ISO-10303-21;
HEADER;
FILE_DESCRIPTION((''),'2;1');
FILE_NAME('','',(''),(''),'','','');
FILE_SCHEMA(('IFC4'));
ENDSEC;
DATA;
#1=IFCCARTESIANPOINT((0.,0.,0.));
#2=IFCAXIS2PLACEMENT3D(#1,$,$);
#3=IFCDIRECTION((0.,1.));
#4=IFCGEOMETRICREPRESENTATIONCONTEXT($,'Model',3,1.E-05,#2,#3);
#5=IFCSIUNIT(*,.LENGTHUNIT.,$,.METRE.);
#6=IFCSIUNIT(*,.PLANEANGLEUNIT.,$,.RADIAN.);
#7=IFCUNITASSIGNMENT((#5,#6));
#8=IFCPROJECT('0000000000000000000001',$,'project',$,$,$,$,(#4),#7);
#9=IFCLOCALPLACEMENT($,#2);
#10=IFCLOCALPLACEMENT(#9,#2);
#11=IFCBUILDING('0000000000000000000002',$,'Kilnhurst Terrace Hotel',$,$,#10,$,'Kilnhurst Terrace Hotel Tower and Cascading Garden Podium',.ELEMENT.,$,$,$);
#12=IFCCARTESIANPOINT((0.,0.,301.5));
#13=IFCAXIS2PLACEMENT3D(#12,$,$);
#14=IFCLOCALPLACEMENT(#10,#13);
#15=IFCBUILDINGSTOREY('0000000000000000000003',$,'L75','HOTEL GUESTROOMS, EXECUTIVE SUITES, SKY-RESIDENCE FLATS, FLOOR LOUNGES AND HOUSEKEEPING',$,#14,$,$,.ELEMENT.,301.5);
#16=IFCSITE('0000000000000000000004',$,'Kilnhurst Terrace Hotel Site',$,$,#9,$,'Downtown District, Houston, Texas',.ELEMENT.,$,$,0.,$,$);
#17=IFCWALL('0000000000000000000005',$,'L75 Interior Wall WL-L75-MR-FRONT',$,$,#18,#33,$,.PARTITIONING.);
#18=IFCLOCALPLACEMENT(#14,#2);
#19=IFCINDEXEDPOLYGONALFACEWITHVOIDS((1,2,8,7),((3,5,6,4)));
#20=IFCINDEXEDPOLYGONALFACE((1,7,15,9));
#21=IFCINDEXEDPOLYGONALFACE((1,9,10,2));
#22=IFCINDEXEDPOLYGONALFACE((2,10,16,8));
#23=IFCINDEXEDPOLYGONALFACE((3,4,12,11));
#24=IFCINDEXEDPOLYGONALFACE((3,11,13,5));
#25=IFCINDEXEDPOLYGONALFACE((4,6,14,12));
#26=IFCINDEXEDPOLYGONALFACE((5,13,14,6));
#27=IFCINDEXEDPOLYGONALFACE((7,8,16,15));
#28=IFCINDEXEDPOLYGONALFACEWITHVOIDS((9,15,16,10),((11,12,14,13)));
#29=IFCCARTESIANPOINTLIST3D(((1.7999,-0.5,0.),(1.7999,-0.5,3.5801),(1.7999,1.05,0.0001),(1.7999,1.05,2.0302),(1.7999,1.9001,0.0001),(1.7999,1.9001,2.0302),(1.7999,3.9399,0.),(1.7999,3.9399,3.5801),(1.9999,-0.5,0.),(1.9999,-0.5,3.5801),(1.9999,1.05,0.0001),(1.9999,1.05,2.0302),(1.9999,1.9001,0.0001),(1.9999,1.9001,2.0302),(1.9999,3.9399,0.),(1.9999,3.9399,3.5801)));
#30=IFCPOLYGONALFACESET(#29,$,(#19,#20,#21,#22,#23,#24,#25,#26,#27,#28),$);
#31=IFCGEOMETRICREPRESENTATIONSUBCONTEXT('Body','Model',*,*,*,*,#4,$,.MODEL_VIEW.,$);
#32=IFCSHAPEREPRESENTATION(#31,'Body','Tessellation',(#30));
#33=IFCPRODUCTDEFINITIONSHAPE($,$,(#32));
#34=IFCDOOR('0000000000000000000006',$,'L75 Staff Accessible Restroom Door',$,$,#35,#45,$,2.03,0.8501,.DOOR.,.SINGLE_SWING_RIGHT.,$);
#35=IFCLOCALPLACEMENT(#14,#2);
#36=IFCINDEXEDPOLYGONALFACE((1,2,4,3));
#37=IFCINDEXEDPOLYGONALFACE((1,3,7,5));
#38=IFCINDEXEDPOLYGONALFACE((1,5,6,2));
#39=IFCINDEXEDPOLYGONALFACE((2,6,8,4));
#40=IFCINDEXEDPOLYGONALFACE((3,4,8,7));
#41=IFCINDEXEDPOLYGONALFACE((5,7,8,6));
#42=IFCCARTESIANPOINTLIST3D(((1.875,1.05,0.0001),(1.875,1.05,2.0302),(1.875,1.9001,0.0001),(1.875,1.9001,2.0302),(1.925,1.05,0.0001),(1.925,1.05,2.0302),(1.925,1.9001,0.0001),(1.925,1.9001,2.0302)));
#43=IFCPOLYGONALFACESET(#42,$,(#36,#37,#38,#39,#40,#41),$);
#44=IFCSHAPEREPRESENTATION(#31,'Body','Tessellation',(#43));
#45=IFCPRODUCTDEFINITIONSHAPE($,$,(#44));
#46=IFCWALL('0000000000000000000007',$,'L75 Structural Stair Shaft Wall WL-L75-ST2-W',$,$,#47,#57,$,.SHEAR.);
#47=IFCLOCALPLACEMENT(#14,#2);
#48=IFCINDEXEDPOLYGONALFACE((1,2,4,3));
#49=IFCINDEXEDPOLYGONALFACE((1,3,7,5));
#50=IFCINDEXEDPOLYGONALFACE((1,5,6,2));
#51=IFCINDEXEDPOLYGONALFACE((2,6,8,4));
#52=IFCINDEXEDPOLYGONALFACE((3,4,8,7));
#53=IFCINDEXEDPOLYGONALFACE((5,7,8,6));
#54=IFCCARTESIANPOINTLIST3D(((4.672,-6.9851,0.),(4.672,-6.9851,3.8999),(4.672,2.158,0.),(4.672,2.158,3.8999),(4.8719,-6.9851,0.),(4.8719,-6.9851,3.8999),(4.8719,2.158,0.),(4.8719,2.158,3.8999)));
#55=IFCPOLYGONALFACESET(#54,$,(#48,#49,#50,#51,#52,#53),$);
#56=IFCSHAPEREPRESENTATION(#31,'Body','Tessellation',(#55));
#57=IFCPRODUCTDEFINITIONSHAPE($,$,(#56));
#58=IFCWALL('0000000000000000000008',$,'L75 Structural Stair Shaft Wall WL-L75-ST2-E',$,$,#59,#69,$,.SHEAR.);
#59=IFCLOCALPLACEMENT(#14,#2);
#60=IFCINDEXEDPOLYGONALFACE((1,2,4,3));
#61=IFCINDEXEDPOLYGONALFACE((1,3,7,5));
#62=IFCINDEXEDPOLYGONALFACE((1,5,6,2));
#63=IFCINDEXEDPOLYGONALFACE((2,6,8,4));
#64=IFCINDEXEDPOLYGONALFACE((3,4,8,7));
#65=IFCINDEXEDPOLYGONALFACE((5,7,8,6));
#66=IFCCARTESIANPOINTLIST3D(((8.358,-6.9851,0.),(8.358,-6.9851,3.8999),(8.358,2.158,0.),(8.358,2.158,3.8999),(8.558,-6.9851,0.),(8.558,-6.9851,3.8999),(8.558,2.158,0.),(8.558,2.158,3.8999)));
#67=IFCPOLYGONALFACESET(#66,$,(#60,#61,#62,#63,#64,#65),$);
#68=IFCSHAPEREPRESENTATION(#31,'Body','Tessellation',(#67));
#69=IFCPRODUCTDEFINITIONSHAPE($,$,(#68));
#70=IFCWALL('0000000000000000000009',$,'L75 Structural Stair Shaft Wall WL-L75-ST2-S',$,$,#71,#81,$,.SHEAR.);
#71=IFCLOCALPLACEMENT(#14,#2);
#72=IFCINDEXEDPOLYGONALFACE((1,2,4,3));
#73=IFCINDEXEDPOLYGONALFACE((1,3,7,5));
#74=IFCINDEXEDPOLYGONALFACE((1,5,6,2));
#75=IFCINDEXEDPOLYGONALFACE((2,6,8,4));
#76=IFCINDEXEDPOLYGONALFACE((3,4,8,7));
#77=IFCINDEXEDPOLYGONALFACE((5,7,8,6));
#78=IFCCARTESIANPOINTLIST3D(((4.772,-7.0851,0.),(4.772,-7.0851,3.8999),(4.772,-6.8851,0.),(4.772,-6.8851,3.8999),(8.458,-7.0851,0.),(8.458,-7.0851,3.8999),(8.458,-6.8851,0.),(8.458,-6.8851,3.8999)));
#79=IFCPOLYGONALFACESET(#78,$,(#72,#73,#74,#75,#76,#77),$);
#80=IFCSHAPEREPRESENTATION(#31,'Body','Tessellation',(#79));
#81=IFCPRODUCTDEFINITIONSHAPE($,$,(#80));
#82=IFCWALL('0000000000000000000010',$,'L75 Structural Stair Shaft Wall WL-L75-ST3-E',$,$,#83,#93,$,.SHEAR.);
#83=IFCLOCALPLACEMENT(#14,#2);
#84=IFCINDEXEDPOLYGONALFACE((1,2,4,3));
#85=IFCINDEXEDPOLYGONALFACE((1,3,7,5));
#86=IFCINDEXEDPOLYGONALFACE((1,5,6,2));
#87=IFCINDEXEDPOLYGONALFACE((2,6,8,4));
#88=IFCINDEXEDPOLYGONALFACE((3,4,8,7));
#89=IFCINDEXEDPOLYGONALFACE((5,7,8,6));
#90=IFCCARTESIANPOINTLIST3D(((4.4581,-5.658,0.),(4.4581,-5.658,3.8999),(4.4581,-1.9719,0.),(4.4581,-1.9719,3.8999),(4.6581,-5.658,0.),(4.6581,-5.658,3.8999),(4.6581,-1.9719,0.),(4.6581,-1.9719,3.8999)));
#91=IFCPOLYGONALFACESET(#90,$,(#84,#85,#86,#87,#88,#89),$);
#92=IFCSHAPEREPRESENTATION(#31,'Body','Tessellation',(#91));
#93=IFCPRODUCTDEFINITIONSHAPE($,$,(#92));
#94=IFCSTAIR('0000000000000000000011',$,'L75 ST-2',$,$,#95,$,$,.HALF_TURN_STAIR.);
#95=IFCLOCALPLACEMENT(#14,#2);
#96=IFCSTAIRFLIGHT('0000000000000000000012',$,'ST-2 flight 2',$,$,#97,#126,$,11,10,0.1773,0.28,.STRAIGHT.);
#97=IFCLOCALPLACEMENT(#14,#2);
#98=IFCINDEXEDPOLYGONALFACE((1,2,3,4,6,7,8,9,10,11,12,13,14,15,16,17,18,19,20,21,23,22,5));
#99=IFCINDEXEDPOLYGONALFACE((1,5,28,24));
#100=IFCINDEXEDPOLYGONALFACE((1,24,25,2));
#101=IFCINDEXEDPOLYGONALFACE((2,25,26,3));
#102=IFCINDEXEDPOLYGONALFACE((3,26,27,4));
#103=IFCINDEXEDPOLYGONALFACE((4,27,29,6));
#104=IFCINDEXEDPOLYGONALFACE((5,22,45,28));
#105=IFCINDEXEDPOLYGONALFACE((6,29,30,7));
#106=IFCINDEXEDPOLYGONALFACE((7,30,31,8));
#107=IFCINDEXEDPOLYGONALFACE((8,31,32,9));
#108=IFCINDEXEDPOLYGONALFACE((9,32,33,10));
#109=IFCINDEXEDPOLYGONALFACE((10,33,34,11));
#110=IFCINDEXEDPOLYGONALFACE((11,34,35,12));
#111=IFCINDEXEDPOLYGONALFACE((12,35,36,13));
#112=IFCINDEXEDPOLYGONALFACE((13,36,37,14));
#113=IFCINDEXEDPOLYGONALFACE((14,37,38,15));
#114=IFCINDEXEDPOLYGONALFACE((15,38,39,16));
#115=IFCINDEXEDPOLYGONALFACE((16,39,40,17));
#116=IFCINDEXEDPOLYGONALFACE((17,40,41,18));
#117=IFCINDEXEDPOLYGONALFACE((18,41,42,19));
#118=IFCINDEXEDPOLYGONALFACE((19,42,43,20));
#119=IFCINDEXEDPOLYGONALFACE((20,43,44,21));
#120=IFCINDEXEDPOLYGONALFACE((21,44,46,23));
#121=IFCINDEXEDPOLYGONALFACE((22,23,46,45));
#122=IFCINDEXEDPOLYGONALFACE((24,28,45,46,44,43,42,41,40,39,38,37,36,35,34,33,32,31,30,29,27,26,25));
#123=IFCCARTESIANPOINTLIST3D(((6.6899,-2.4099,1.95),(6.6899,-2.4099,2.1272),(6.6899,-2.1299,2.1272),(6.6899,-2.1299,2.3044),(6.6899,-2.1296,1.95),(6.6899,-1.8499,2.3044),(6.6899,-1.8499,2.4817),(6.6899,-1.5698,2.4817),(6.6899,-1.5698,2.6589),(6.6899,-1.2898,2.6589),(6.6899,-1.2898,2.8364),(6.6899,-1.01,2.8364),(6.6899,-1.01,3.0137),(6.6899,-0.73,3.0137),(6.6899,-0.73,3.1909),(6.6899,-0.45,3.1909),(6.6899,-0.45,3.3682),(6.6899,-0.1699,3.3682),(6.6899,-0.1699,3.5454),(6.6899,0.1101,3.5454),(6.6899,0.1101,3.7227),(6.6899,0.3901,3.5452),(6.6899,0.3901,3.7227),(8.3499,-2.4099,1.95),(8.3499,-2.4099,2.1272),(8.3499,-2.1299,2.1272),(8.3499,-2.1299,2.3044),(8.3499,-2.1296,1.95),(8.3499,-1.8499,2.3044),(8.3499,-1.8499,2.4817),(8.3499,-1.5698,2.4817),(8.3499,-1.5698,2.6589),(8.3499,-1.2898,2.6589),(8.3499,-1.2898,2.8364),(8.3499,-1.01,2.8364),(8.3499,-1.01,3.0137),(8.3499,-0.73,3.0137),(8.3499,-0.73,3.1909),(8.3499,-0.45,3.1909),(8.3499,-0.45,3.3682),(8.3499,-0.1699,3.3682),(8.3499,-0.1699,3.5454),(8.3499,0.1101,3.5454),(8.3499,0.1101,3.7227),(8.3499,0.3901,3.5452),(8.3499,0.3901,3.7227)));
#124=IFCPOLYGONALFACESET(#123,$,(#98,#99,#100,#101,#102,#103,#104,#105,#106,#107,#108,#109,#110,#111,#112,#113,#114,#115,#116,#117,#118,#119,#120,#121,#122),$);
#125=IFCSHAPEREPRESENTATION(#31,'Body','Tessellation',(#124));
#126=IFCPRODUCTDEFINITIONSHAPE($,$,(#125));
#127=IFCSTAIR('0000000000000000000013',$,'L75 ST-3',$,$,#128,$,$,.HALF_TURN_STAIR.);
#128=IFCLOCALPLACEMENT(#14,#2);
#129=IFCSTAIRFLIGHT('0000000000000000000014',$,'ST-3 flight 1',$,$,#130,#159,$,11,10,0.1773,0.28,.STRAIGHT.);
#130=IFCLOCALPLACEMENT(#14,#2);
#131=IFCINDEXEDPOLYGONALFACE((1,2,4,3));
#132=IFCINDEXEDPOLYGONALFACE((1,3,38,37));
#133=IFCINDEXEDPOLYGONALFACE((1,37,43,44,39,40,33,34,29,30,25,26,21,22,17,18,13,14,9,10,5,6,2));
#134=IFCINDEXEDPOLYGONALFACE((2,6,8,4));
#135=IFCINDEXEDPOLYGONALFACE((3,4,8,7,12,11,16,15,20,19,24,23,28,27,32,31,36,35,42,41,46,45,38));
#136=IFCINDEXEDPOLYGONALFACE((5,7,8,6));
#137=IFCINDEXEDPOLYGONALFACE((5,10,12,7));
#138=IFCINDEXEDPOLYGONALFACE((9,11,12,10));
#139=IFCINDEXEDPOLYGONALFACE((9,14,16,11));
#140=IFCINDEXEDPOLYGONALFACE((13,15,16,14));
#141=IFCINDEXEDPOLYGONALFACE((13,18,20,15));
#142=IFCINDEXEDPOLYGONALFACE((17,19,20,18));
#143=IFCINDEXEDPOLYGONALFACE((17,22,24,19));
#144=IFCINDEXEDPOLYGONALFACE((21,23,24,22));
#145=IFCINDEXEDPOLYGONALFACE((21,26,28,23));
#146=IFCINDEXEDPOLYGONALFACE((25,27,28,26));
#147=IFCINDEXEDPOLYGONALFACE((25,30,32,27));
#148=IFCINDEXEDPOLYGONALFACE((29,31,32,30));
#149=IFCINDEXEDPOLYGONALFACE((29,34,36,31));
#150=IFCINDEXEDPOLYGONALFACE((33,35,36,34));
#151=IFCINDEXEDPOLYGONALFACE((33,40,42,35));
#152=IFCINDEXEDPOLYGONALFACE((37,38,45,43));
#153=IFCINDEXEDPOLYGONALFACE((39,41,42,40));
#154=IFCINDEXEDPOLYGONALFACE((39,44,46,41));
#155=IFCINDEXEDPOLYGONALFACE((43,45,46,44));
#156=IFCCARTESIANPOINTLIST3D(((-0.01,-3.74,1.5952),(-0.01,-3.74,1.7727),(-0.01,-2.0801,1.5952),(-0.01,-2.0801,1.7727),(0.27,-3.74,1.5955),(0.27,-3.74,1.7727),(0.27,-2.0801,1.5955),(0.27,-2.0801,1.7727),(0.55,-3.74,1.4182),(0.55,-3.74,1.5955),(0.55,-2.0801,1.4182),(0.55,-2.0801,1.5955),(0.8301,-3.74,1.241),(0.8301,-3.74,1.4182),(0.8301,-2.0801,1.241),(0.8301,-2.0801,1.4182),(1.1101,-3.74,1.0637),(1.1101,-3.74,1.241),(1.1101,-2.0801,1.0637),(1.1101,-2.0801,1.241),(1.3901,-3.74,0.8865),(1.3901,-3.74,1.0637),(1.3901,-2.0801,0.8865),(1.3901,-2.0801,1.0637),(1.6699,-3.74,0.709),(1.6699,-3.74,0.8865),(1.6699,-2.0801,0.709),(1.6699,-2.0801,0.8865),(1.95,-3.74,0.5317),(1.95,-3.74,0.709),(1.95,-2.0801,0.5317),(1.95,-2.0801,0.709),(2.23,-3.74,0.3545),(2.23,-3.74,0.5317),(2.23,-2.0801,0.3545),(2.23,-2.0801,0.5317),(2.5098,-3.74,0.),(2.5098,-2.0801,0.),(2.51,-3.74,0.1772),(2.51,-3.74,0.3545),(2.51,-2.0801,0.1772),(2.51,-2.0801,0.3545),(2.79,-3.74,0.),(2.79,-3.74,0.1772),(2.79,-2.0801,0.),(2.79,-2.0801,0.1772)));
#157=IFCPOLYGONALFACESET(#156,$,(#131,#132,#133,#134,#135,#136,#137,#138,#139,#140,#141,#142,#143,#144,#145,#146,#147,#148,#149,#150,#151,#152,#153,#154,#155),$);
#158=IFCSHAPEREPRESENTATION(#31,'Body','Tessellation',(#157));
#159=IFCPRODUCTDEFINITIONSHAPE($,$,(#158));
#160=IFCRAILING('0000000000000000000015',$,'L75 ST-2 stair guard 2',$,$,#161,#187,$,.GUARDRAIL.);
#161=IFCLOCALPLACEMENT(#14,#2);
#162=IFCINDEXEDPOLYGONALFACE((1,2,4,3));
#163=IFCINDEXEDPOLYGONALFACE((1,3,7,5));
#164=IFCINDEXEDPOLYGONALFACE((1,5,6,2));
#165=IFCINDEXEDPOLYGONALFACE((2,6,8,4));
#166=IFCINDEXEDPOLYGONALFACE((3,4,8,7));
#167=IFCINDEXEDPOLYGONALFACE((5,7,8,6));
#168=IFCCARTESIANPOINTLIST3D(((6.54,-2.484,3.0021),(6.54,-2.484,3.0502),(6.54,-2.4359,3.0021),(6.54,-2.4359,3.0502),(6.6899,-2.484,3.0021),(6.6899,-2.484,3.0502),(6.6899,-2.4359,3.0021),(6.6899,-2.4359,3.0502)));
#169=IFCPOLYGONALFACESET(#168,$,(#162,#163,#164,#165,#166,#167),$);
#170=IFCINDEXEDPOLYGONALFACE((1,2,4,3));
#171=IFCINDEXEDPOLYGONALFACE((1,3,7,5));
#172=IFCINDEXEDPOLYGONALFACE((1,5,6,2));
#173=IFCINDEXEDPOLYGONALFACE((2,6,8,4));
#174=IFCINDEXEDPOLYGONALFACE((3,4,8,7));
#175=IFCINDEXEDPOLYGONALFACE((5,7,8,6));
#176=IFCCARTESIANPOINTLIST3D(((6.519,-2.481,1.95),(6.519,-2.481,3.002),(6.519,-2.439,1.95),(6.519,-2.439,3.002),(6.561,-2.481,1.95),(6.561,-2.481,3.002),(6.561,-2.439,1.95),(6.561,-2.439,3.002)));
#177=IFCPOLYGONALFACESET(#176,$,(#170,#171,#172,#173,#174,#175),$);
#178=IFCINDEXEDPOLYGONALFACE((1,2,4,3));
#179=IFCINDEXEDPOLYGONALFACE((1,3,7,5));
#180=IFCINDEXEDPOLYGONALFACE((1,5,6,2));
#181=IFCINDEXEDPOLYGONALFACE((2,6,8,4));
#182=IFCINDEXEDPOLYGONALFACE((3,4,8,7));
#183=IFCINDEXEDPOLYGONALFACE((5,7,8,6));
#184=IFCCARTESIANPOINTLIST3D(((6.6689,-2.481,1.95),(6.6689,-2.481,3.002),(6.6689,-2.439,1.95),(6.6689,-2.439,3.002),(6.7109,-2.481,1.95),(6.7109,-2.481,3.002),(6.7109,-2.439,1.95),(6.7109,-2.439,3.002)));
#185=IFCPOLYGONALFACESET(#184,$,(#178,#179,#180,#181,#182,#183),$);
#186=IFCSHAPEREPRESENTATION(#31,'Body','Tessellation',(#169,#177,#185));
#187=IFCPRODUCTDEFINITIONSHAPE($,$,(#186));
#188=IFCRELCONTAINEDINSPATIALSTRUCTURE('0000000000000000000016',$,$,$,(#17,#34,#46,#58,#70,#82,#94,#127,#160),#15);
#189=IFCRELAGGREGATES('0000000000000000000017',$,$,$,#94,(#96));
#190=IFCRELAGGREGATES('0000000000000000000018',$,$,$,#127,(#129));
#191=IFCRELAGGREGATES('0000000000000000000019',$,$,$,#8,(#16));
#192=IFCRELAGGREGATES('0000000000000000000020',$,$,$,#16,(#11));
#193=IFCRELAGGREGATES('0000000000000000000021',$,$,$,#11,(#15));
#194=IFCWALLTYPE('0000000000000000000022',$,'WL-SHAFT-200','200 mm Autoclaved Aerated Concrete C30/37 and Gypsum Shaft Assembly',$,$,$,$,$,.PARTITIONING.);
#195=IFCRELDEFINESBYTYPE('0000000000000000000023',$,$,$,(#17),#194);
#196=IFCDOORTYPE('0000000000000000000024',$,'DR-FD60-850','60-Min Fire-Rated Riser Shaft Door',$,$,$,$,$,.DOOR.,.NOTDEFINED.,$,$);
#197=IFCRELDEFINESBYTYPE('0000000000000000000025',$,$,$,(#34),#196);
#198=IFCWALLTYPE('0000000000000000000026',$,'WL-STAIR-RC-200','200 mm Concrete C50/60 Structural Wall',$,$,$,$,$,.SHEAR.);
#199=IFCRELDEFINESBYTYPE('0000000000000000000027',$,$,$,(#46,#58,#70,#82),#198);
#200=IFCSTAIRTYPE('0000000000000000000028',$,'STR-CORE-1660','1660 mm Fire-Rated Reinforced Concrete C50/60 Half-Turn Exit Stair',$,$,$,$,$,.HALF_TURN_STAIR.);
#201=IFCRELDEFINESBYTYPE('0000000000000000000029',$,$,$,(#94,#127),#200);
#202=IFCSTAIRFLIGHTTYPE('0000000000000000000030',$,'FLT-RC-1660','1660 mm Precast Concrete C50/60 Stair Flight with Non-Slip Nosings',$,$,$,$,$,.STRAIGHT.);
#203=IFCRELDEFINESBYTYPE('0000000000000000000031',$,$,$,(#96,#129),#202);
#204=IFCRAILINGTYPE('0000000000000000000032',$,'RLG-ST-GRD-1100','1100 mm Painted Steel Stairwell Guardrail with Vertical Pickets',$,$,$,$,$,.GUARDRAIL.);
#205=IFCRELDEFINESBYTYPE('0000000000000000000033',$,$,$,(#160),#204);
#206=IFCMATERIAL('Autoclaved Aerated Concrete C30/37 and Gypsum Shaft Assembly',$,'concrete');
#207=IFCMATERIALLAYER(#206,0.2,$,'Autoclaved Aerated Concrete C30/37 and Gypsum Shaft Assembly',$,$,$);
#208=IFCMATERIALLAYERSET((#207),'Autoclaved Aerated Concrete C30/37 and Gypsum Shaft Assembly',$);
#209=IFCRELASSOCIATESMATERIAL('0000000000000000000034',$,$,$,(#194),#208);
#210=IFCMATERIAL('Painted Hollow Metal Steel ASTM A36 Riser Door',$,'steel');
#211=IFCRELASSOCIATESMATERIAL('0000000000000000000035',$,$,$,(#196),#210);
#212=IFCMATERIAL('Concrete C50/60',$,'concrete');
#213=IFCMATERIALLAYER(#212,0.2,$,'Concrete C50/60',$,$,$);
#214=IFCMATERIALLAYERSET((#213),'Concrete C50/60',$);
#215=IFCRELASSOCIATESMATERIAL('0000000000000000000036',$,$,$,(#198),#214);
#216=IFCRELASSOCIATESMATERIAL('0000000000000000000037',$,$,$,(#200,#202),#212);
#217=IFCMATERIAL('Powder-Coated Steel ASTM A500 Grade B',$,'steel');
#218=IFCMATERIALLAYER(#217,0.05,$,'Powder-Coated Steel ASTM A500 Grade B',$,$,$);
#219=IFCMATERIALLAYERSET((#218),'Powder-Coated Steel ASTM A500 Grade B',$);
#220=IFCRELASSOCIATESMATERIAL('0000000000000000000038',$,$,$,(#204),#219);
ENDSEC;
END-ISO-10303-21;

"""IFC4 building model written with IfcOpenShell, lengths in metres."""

from ifc_helpers import new_model, si_unit, direction, frame, frame_2d, origin, origin_2d, place, context, subcontext, project, spatial, polyline, rectangle, outline, extrude, material, layer, layer_set, type_object, element, fill, aggregate, save


model = new_model("IFC4")

# Units and contexts
model_context = context("Model", 3, precision=1e-05, world=origin(), true_north=direction((0.0, 1.0)))
body_context = subcontext(model_context, "Body", "Model", "MODEL_VIEW")
ifc_project = project(units=[si_unit("LENGTHUNIT", "METRE"), si_unit("PLANEANGLEUNIT", "RADIAN")], contexts=[model_context])

# Site, building, storey
site_placement = place(None, origin())
site = spatial("IfcSite", under=ifc_project, at=site_placement, Name="Kilnhurst Terrace Hotel Site", LongName="Downtown District, Houston, Texas", CompositionType="ELEMENT", RefElevation=0.0)
building_placement = place(site_placement, origin())
building = spatial("IfcBuilding", under=site, at=building_placement, Name="Kilnhurst Terrace Hotel", LongName="Kilnhurst Terrace Hotel Tower and Cascading Garden Podium", CompositionType="ELEMENT")
storey_placement = place(building_placement, frame((0.0, 0.0, 301.5)))
storey = spatial("IfcBuildingStorey", under=building, at=storey_placement, Name="L75", Description="HOTEL GUESTROOMS, EXECUTIVE SUITES, SKY-RESIDENCE FLATS, FLOOR LOUNGES AND HOUSEKEEPING", CompositionType="ELEMENT", Elevation=301.5)

# Shared definitions
ifc_material_1 = material(Name="Concrete C50/60", Category="concrete")

# Wall, opening, door
ifc_material_2 = material(Name="Autoclaved Aerated Concrete C30/37 and Gypsum Shaft Assembly", Category="concrete")
ifc_layer_1 = layer(ifc_material_2, 0.2, Name="Autoclaved Aerated Concrete C30/37 and Gypsum Shaft Assembly")
ifc_layer_set_1 = layer_set([ifc_layer_1], Name="Autoclaved Aerated Concrete C30/37 and Gypsum Shaft Assembly")
wall_type_1 = type_object("IfcWallType", Name="WL-SHAFT-200", Description="200 mm Autoclaved Aerated Concrete C30/37 and Gypsum Shaft Assembly", PredefinedType="PARTITIONING", material=ifc_layer_set_1)
wall_1_placement = place(storey_placement, frame((1.8999, -0.5, 0.0), z_axis=(0.0, 0.0, 1.0), x_axis=(0.0, 1.0, 0.0)))
wall_1 = element("IfcWall", 1, at=wall_1_placement, inside=storey, type_object=wall_type_1, Name="L75 Interior Wall WL-L75-MR-FRONT", PredefinedType="PARTITIONING", context=body_context, shape_type="SweptSolid", body=[
    extrude(rectangle(XDim=4.4399, YDim=0.2, at=frame_2d((2.22, 0.0))), origin(), (0.0, 0.0, 1.0), 3.5801),
])
opening_placement = place(wall_1_placement, frame((1.55, 0.0, 0.0)))
opening = element("IfcOpeningElement", 2, at=opening_placement, cuts=wall_1, PredefinedType="OPENING", context=body_context, shape_type="SweptSolid", body=[
    extrude(rectangle(XDim=0.8501, YDim=2.03, at=frame_2d((0.425, 1.0151))), frame((0.0, 0.1099, 0.0), z_axis=(0.0, -1.0, 0.0), x_axis=(1.0, 0.0, 0.0)), (0.0, 0.0, 1.0), 0.22),
])
ifc_material_3 = material(Name="Painted Hollow Metal Steel ASTM A36 Riser Door", Category="steel")
door_type = type_object("IfcDoorType", Name="DR-FD60-850", Description="60-Min Fire-Rated Riser Shaft Door", OperationType="NOTDEFINED", PredefinedType="DOOR", material=ifc_material_3)
door_placement = place(opening_placement, origin())
door = element("IfcDoor", 3, at=door_placement, inside=storey, type_object=door_type, Name="L75 Staff Accessible Restroom Door", OperationType="SINGLE_SWING_RIGHT", OverallHeight=2.03, OverallWidth=0.8501, PredefinedType="DOOR", context=body_context, shape_type="SweptSolid", body=[
    extrude(rectangle(XDim=0.8501, YDim=2.03, at=frame_2d((0.425, 1.0151))), frame((0.0, 0.0249, 0.0), z_axis=(0.0, -1.0, 0.0), x_axis=(1.0, 0.0, 0.0)), (0.0, 0.0, 1.0), 0.05),
])
fill(opening, door)

# Walls
ifc_layer_2 = layer(ifc_material_1, 0.2, Name="Concrete C50/60")
ifc_layer_set_2 = layer_set([ifc_layer_2], Name="Concrete C50/60")
wall_type_2 = type_object("IfcWallType", Name="WL-STAIR-RC-200", Description="200 mm Concrete C50/60 Structural Wall", PredefinedType="SHEAR", material=ifc_layer_set_2)
for number, where, z_axis, x_axis, name in (
    (4, (4.772, -6.9851, 0.0), (0.0, 0.0, 1.0), (0.0, 1.0, 0.0), "L75 Structural Stair Shaft Wall WL-L75-ST2-W"),
    (5, (8.458, -6.9851, 0.0), (0.0, 0.0, 1.0), (0.0, 1.0, 0.0), "L75 Structural Stair Shaft Wall WL-L75-ST2-E"),
):
    element("IfcWall", number, at=place(storey_placement, frame(where, z_axis=z_axis, x_axis=x_axis)), inside=storey, type_object=wall_type_2, Name=name, PredefinedType="SHEAR", context=body_context, shape_type="SweptSolid", body=[
        extrude(rectangle(XDim=9.1431, YDim=0.2, at=frame_2d((4.5715, 0.0))), origin(), (0.0, 0.0, 1.0), 3.8999),
    ])
for number, where, z_axis, x_axis, name in (
    (6, (4.772, -6.9851, 0.0), (0.0, 0.0, 1.0), (1.0, 0.0, 0.0), "L75 Structural Stair Shaft Wall WL-L75-ST2-S"),
    (7, (4.5581, -5.658, 0.0), (0.0, 0.0, 1.0), (0.0, 1.0, 0.0), "L75 Structural Stair Shaft Wall WL-L75-ST3-E"),
):
    element("IfcWall", number, at=place(storey_placement, frame(where, z_axis=z_axis, x_axis=x_axis)), inside=storey, type_object=wall_type_2, Name=name, PredefinedType="SHEAR", context=body_context, shape_type="SweptSolid", body=[
        extrude(rectangle(XDim=3.686, YDim=0.2, at=frame_2d((1.843, 0.0))), origin(), (0.0, 0.0, 1.0), 3.8999),
    ])

# Stairs, stair flights
stair_type = type_object("IfcStairType", Name="STR-CORE-1660", Description="1660 mm Fire-Rated Reinforced Concrete C50/60 Half-Turn Exit Stair", PredefinedType="HALF_TURN_STAIR", material=ifc_material_1)
stair_1_placement = place(storey_placement, origin())
stair_1 = element("IfcStair", 8, at=stair_1_placement, inside=storey, type_object=stair_type, Name="L75 ST-2", PredefinedType="HALF_TURN_STAIR")
stair_flight_type = type_object("IfcStairFlightType", Name="FLT-RC-1660", Description="1660 mm Precast Concrete C50/60 Stair Flight with Non-Slip Nosings", PredefinedType="STRAIGHT", material=ifc_material_1)
stair_flight_1_placement = place(storey_placement, frame((7.52, -2.4099, 1.95), z_axis=(0.0, 0.0, 1.0), x_axis=(0.0, 1.0, 0.0)))
stair_flight_1 = element("IfcStairFlight", 9, at=stair_flight_1_placement, type_object=stair_flight_type, Name="ST-2 flight 2", NumberOfRisers=11, NumberOfTreads=10, PredefinedType="STRAIGHT", RiserHeight=0.1773, TreadLength=0.28, context=body_context, shape_type="SweptSolid", body=[
    extrude(outline(polyline([(0.0, 0.0), (0.0, 0.1772), (0.28, 0.1772), (0.28, 0.3545), (0.5601, 0.3545), (0.5601, 0.5317), (0.8401, 0.5317), (0.8401, 0.709), (1.1201, 0.709), (1.1201, 0.8865), (1.3999, 0.8865), (1.3999, 1.0637), (1.6799, 1.0637), (1.6799, 1.241), (1.96, 1.241), (1.96, 1.4182), (2.24, 1.4182), (2.24, 1.5955), (2.52, 1.5955), (2.52, 1.7727), (2.8, 1.7727), (2.8, 1.95), (2.8, 1.5952), (0.2803, 0.0), (0.0, 0.0)])), frame((0.0, 0.8301, 0.0), z_axis=(0.0, -1.0, 0.0), x_axis=(1.0, 0.0, 0.0)), (0.0, 0.0, 1.0), 1.6599),
])
aggregate(stair_1, [stair_flight_1])
stair_2_placement = place(storey_placement, origin())
stair_2 = element("IfcStair", 10, at=stair_2_placement, inside=storey, type_object=stair_type, Name="L75 ST-3", PredefinedType="HALF_TURN_STAIR")
stair_flight_2_placement = place(storey_placement, frame((2.79, -2.9099, 0.0), z_axis=(0.0, 0.0, 1.0), x_axis=(-1.0, 0.0, 0.0)))
stair_flight_2 = element("IfcStairFlight", 11, at=stair_flight_2_placement, type_object=stair_flight_type, Name="ST-3 flight 1", NumberOfRisers=11, NumberOfTreads=10, PredefinedType="STRAIGHT", RiserHeight=0.1773, TreadLength=0.28, context=body_context, shape_type="SweptSolid", body=[
    extrude(outline(polyline([(0.0, 0.0), (0.0, 0.1772), (0.28, 0.1772), (0.28, 0.3545), (0.5601, 0.3545), (0.5601, 0.5317), (0.8401, 0.5317), (0.8401, 0.709), (1.1201, 0.709), (1.1201, 0.8865), (1.3999, 0.8865), (1.3999, 1.0637), (1.6799, 1.0637), (1.6799, 1.241), (1.96, 1.241), (1.96, 1.4182), (2.24, 1.4182), (2.24, 1.5955), (2.52, 1.5955), (2.52, 1.7727), (2.8, 1.7727), (2.8, 1.95), (2.8, 1.5952), (0.2803, 0.0), (0.0, 0.0)])), frame((0.0, 0.8301, 0.0), z_axis=(0.0, -1.0, 0.0), x_axis=(1.0, 0.0, 0.0)), (0.0, 0.0, 1.0), 1.6599),
])
aggregate(stair_2, [stair_flight_2])

# Railing
ifc_material_4 = material(Name="Powder-Coated Steel ASTM A500 Grade B", Category="steel")
ifc_layer_3 = layer(ifc_material_4, 0.05, Name="Powder-Coated Steel ASTM A500 Grade B")
ifc_layer_set_3 = layer_set([ifc_layer_3], Name="Powder-Coated Steel ASTM A500 Grade B")
railing_type_1 = type_object("IfcRailingType", Name="RLG-ST-GRD-1100", Description="1100 mm Painted Steel Stairwell Guardrail with Vertical Pickets", PredefinedType="GUARDRAIL", material=ifc_layer_set_3)
railing_1_placement = place(storey_placement, frame((6.54, -2.46, 1.95)))
element("IfcRailing", 12, at=railing_1_placement, inside=storey, type_object=railing_type_1, Name="L75 ST-2 stair guard 2", PredefinedType="GUARDRAIL", context=body_context, shape_type="SweptSolid", body=[
    extrude(rectangle(XDim=0.0481, YDim=0.0481, at=origin_2d()), frame((0.0, 0.0, 1.0762), z_axis=(1.0, 0.0, 0.0), x_axis=(0.0, 1.0, 0.0)), (0.0, 0.0, 1.0), 0.1499),
    extrude(rectangle(XDim=0.042, YDim=0.042, at=origin_2d()), origin(), (0.0, 0.0, 1.0), 1.052),
    extrude(rectangle(XDim=0.042, YDim=0.042, at=origin_2d()), frame((0.1499, 0.0, 0.0)), (0.0, 0.0, 1.0), 1.052),
])

save(model, "model.ifc")
